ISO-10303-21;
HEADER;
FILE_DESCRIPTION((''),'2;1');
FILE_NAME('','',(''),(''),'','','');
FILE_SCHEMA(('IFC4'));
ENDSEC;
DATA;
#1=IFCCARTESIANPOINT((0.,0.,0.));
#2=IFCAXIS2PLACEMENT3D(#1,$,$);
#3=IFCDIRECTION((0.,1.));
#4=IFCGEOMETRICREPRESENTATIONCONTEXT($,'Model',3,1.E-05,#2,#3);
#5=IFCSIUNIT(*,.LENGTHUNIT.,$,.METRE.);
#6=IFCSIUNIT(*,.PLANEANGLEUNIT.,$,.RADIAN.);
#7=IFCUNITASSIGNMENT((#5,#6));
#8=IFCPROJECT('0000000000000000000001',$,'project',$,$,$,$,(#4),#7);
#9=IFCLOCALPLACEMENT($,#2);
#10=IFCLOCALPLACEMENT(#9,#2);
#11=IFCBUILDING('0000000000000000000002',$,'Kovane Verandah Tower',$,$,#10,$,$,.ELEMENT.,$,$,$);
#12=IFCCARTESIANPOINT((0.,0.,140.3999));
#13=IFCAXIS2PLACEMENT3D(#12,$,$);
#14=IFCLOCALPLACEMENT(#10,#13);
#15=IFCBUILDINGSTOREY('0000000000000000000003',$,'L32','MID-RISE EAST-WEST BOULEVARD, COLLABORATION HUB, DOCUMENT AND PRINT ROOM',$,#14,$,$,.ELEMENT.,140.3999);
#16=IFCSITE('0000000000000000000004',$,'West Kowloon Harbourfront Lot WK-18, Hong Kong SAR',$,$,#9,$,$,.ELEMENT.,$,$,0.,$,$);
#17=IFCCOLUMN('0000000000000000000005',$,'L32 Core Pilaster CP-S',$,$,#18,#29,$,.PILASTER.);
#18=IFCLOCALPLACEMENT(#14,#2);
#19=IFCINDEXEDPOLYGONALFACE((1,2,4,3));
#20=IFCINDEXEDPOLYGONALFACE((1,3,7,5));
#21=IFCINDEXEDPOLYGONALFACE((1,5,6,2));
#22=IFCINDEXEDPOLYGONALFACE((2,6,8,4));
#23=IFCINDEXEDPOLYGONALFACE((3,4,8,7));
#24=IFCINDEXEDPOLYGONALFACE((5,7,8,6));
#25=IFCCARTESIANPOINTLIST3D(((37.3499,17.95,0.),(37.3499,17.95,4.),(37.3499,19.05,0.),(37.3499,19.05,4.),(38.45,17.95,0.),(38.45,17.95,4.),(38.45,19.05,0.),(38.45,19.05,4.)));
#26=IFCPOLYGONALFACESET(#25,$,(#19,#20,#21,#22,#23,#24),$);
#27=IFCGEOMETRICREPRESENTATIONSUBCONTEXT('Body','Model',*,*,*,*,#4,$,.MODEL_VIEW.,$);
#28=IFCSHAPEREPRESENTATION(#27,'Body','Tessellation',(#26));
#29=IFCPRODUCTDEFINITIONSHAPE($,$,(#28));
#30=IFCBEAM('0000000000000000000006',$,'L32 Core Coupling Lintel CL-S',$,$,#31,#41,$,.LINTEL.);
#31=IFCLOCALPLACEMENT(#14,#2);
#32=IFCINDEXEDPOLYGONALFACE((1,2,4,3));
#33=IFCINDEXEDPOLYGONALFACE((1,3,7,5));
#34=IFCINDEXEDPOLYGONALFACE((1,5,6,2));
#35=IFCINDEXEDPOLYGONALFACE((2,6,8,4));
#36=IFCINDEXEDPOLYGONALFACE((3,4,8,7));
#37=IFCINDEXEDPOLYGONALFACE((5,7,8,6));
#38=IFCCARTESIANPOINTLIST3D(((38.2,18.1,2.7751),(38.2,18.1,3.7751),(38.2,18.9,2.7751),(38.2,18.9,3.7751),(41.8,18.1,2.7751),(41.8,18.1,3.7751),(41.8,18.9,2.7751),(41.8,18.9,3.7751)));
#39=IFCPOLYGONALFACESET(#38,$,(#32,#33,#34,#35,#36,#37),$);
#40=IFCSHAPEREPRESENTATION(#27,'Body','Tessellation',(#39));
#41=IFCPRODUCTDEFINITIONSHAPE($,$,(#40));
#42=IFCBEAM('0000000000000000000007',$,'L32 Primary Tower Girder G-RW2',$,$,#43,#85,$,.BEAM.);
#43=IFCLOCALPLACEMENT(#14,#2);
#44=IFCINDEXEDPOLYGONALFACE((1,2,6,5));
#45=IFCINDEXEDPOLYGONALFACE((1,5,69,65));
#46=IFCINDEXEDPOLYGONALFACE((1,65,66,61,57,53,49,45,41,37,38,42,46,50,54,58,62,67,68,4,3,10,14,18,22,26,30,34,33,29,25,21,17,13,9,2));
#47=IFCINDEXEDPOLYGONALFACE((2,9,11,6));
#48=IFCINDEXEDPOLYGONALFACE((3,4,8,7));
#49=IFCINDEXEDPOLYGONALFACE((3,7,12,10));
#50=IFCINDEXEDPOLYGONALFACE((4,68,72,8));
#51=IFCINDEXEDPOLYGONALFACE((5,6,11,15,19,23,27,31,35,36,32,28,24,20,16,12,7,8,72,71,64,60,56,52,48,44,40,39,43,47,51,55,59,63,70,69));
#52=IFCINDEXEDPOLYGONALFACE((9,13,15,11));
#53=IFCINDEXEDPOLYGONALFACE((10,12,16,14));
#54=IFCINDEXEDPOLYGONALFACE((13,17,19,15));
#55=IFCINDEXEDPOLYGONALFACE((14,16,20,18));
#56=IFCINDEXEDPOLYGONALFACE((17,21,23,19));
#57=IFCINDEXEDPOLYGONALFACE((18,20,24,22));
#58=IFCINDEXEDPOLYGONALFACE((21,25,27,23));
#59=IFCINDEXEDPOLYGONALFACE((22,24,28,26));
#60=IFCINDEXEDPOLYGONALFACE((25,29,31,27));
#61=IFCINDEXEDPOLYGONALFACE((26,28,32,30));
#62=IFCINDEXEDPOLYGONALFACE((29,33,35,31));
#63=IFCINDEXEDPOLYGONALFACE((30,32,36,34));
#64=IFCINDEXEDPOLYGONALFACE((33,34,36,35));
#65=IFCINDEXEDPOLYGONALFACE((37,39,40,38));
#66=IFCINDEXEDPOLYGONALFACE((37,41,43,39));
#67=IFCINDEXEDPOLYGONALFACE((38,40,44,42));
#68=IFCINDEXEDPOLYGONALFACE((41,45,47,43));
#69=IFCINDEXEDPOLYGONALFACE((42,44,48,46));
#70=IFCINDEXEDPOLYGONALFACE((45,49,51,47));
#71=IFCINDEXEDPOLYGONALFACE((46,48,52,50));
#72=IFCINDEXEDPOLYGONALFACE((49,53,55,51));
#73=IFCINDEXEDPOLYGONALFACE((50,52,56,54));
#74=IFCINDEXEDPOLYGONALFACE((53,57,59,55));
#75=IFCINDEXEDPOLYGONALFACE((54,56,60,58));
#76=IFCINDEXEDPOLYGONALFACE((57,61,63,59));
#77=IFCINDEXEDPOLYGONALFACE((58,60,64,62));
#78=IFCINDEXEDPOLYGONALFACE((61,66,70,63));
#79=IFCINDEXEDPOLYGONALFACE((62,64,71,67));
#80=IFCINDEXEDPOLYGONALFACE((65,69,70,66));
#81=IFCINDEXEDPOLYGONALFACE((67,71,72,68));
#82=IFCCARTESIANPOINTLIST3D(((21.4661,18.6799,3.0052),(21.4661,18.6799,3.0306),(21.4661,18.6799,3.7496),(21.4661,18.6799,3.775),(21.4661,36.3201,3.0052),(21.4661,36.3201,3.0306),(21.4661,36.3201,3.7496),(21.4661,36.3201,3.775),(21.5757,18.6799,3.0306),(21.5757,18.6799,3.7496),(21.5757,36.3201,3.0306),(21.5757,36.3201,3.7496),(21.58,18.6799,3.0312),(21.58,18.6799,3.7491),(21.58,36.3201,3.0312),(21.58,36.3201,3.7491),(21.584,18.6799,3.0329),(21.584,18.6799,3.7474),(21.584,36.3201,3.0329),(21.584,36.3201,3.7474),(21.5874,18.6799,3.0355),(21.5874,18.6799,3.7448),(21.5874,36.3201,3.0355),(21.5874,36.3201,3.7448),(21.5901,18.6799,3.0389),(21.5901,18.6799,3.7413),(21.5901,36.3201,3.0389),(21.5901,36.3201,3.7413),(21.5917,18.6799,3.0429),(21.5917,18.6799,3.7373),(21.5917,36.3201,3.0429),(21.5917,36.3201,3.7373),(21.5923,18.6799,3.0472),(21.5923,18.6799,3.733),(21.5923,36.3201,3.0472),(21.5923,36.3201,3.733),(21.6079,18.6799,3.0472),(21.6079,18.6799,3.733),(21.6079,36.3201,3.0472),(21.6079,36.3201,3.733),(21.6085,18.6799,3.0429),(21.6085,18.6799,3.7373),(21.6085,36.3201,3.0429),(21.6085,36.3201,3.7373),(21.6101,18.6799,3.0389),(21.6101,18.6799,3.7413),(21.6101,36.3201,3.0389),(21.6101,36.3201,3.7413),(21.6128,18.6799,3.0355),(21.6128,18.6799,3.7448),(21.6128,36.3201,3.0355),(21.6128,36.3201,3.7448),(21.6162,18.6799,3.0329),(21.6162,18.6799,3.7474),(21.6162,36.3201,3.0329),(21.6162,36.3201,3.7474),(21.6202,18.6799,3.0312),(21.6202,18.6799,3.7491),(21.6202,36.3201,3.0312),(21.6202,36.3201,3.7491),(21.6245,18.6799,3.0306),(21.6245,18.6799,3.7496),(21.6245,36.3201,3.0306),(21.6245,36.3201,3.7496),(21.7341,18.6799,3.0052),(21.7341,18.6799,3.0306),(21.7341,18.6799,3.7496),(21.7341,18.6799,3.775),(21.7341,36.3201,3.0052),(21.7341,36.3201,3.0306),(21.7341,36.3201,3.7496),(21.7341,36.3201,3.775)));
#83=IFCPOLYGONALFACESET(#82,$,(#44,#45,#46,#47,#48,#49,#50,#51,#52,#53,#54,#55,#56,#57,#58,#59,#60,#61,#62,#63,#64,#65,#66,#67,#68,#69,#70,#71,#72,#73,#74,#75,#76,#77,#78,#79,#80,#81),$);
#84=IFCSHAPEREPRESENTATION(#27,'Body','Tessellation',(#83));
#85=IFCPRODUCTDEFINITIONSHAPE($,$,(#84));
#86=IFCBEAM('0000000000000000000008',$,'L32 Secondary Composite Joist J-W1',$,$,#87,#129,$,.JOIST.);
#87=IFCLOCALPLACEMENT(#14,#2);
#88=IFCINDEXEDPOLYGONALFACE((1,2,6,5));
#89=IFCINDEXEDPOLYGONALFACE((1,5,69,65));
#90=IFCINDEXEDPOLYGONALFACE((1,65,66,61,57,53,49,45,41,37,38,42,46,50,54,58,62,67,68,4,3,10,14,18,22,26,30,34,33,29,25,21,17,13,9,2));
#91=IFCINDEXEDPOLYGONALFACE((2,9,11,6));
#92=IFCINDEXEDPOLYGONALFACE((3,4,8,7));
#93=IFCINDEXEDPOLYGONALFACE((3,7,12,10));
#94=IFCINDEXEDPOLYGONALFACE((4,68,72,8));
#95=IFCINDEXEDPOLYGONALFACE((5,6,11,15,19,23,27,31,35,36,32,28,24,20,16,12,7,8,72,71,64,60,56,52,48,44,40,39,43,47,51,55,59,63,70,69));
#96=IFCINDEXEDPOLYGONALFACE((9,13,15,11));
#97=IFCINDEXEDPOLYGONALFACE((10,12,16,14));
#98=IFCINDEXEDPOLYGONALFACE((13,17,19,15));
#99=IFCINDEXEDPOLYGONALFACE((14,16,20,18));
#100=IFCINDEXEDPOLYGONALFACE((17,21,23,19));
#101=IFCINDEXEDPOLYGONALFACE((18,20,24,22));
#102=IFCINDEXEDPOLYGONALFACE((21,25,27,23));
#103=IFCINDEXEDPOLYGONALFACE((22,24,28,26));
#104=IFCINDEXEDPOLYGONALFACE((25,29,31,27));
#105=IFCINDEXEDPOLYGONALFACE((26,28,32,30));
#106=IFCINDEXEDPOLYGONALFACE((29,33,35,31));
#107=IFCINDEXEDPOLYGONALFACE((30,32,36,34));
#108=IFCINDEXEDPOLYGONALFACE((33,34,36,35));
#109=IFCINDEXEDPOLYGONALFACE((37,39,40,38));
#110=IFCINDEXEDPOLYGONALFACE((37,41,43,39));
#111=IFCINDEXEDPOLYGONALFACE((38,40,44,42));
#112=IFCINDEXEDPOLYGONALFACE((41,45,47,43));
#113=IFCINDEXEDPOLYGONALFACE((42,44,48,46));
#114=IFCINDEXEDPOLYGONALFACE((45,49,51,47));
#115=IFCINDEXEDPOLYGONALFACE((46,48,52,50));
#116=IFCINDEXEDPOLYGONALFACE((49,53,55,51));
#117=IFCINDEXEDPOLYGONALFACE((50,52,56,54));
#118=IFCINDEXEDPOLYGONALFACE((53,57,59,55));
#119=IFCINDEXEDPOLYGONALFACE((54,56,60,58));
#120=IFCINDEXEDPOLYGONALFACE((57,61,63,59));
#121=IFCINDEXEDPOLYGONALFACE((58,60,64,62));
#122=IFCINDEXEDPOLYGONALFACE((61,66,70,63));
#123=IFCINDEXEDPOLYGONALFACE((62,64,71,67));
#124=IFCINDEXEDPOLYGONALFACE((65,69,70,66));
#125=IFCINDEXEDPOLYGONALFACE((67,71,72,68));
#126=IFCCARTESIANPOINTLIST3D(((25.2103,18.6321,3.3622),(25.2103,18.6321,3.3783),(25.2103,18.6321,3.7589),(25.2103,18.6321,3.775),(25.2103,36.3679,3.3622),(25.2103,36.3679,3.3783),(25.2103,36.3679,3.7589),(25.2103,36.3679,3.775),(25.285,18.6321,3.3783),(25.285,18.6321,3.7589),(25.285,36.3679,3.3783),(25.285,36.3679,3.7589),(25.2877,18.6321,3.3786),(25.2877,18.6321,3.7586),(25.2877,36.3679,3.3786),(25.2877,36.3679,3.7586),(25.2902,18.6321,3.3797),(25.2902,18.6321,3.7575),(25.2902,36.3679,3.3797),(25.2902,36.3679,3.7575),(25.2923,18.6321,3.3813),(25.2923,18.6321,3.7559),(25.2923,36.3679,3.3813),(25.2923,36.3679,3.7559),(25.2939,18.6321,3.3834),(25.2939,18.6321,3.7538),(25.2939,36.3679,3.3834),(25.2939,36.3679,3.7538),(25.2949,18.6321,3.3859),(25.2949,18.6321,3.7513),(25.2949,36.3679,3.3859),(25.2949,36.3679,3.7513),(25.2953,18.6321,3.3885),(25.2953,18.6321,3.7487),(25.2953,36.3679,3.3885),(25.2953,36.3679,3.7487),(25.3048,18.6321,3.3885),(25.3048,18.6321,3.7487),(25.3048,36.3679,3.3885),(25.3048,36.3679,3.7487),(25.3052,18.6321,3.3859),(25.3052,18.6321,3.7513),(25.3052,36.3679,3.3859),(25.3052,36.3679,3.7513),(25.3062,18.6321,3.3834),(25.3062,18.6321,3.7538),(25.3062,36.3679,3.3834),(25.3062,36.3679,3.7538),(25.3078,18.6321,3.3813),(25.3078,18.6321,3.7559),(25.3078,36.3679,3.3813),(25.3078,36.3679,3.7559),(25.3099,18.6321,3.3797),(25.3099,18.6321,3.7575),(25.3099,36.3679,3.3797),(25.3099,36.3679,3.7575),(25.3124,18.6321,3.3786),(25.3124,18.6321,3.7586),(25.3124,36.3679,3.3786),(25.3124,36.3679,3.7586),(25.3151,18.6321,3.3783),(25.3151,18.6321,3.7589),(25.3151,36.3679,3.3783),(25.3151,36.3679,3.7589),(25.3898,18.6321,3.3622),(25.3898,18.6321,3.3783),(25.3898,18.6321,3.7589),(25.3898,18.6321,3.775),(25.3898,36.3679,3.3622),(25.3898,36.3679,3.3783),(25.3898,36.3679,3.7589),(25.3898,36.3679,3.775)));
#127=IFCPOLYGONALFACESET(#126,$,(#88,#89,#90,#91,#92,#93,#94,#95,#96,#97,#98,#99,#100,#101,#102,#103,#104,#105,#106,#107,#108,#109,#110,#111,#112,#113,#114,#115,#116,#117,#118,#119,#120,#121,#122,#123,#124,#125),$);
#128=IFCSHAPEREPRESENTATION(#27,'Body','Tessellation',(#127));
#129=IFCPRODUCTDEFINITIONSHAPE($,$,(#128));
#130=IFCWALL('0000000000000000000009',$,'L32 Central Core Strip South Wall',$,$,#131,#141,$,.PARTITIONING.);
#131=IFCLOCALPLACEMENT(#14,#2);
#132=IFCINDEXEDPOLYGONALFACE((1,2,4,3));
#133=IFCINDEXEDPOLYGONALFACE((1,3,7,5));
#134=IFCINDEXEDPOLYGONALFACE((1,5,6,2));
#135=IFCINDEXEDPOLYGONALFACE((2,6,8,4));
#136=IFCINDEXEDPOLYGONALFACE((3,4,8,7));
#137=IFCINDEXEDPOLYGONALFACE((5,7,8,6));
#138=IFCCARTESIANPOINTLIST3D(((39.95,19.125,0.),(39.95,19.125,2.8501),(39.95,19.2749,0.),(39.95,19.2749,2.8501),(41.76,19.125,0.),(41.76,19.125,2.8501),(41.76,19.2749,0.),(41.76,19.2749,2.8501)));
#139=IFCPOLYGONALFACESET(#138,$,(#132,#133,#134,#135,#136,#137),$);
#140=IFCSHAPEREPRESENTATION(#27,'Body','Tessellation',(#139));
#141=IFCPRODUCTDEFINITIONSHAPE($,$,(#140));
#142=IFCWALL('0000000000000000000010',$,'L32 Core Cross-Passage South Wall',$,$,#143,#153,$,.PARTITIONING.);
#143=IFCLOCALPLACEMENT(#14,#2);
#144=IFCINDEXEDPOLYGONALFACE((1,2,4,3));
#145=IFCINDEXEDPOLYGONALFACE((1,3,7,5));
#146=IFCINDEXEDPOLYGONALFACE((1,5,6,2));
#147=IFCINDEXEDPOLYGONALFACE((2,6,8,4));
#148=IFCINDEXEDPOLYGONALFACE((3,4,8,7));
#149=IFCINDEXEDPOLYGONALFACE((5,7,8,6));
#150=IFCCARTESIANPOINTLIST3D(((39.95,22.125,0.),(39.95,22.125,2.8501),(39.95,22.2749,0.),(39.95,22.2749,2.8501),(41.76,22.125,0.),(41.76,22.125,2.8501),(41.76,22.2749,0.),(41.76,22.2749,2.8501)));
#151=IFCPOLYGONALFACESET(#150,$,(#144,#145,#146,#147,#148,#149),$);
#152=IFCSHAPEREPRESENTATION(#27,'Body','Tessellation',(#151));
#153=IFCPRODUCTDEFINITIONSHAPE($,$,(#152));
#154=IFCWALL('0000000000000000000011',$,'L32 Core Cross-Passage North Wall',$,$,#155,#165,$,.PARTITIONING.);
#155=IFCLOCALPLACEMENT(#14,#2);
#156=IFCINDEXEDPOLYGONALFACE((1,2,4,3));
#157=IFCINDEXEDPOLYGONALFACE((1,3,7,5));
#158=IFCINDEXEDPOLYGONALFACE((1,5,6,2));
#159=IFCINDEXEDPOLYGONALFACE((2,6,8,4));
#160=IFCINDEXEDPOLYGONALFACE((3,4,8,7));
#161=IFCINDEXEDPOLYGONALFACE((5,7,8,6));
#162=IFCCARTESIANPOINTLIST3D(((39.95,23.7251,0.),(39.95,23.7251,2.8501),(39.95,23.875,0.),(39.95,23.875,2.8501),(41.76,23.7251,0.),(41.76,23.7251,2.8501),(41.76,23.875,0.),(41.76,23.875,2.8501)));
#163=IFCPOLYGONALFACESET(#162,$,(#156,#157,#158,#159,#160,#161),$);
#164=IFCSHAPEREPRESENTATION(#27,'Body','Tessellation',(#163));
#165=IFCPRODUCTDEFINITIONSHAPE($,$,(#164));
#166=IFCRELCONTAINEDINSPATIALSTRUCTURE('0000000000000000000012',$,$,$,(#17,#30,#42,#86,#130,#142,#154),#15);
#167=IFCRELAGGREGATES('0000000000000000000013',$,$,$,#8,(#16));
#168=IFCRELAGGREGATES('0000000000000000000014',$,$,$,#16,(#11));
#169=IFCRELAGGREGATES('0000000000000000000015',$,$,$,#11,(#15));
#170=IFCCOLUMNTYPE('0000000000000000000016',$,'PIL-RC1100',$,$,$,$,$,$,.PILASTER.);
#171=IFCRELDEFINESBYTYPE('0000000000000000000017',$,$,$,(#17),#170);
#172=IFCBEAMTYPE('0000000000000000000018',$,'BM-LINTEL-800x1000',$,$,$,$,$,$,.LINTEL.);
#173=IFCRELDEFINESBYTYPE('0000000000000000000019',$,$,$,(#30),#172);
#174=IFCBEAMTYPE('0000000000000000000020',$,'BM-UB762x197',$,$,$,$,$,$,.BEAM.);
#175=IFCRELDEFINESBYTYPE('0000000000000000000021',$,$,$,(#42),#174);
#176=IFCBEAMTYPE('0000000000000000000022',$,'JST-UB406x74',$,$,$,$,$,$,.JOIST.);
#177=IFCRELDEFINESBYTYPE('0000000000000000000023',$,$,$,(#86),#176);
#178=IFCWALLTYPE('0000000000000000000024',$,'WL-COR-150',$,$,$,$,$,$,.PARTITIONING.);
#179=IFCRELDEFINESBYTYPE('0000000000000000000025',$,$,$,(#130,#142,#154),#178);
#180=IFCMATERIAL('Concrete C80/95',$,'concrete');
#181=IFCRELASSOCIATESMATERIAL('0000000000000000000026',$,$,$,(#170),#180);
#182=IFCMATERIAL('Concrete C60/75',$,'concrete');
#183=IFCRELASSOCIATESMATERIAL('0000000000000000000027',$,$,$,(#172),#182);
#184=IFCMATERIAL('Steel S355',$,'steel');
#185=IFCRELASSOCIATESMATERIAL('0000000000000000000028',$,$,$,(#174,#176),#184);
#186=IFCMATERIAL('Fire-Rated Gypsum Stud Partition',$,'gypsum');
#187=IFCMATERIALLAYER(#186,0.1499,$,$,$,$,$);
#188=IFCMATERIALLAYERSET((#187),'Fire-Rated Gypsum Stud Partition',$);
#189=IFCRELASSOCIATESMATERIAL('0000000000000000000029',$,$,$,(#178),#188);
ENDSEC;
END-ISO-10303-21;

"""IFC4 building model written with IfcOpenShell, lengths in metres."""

from ifc_helpers import new_model, si_unit, direction, frame, frame_2d, origin, origin_2d, place, context, subcontext, project, spatial, rectangle, i_section, extrude, material, layer, layer_set, material_profile, profile_set, type_object, element, save


model = new_model("IFC4")

# Units and contexts
model_context = context("Model", 3, precision=1e-05, world=origin(), true_north=direction((0.0, 1.0)))
body_context = subcontext(model_context, "Body", "Model", "MODEL_VIEW")
ifc_project = project(units=[si_unit("LENGTHUNIT", "METRE"), si_unit("PLANEANGLEUNIT", "RADIAN")], contexts=[model_context])

# Site, building, storey
site_placement = place(None, origin())
site = spatial("IfcSite", under=ifc_project, at=site_placement, Name="West Kowloon Harbourfront Lot WK-18, Hong Kong SAR", CompositionType="ELEMENT", RefElevation=0.0)
building_placement = place(site_placement, origin())
building = spatial("IfcBuilding", under=site, at=building_placement, Name="Kovane Verandah Tower", CompositionType="ELEMENT")
storey_placement = place(building_placement, frame((0.0, 0.0, 140.3999)))
storey = spatial("IfcBuildingStorey", under=building, at=storey_placement, Name="L32", Description="MID-RISE EAST-WEST BOULEVARD, COLLABORATION HUB, DOCUMENT AND PRINT ROOM", CompositionType="ELEMENT", Elevation=140.3999)

# Column
ifc_material_1 = material(Name="Concrete C80/95", Category="concrete")
ifc_material_profile_1 = material_profile(ifc_material_1, rectangle(XDim=1.1001, YDim=1.1001, at=origin_2d()), Name="RC1100x1100")
ifc_profile_set_1 = profile_set([ifc_material_profile_1], Name="Concrete C80/95")
column_type = type_object("IfcColumnType", Name="PIL-RC1100", PredefinedType="PILASTER", material=ifc_profile_set_1)
column_placement = place(storey_placement, frame((37.8999, 18.5, 0.0), z_axis=(0.0, 0.0, 1.0), x_axis=(1.0, 0.0, 0.0)))
element("IfcColumn", 1, at=column_placement, inside=storey, type_object=column_type, Name="L32 Core Pilaster CP-S", PredefinedType="PILASTER", context=body_context, shape_type="SweptSolid", body=[
    extrude(rectangle(XDim=1.1001, YDim=1.1001, at=origin_2d()), origin(), (0.0, 0.0, 1.0), 4.0),
])

# Beams
ifc_material_2 = material(Name="Concrete C60/75", Category="concrete")
ifc_material_profile_2 = material_profile(ifc_material_2, rectangle(XDim=0.8, YDim=1.0, at=origin_2d()), Name="RCB800x1000")
ifc_profile_set_2 = profile_set([ifc_material_profile_2], Name="Concrete C60/75")
beam_type_1 = type_object("IfcBeamType", Name="BM-LINTEL-800x1000", PredefinedType="LINTEL", material=ifc_profile_set_2)
beam_1_placement = place(storey_placement, frame((38.2, 18.5, 3.2751), z_axis=(1.0, 0.0, 0.0), x_axis=(0.0, 1.0, 0.0)))
element("IfcBeam", 2, at=beam_1_placement, inside=storey, type_object=beam_type_1, Name="L32 Core Coupling Lintel CL-S", PredefinedType="LINTEL", context=body_context, shape_type="SweptSolid", body=[
    extrude(rectangle(XDim=0.8, YDim=1.0, at=origin_2d()), origin(), (0.0, 0.0, 1.0), 3.6001),
])
ifc_material_3 = material(Name="Steel S355", Category="steel")
ifc_material_profile_3 = material_profile(ifc_material_3, i_section(OverallWidth=0.2681, OverallDepth=0.7698, WebThickness=0.0156, FlangeThickness=0.0254, FilletRadius=0.0166, at=origin_2d()), Name="UB762x267x197")
ifc_profile_set_3 = profile_set([ifc_material_profile_3], Name="Steel S355")
beam_type_2 = type_object("IfcBeamType", Name="BM-UB762x197", PredefinedType="BEAM", material=ifc_profile_set_3)
beam_2_placement = place(storey_placement, frame((21.6001, 18.6799, 3.3901), z_axis=(0.0, 1.0, 0.0), x_axis=(-1.0, 0.0, 0.0)))
element("IfcBeam", 3, at=beam_2_placement, inside=storey, type_object=beam_type_2, Name="L32 Primary Tower Girder G-RW2", PredefinedType="BEAM", context=body_context, shape_type="SweptSolid", body=[
    extrude(i_section(OverallWidth=0.2681, OverallDepth=0.7698, WebThickness=0.0156, FlangeThickness=0.0254, FilletRadius=0.0166, at=origin_2d()), origin(), (0.0, 0.0, 1.0), 17.6401),
])
ifc_material_profile_4 = material_profile(ifc_material_3, i_section(OverallWidth=0.1794, OverallDepth=0.4128, WebThickness=0.0095, FlangeThickness=0.0161, FilletRadius=0.0103, at=origin_2d()), Name="UB406x178x74")
ifc_profile_set_4 = profile_set([ifc_material_profile_4], Name="Steel S355")
beam_type_3 = type_object("IfcBeamType", Name="JST-UB406x74", PredefinedType="JOIST", material=ifc_profile_set_4)
beam_3_placement = place(storey_placement, frame((25.3, 18.6321, 3.5686), z_axis=(0.0, 1.0, 0.0), x_axis=(-1.0, 0.0, 0.0)))
element("IfcBeam", 4, at=beam_3_placement, inside=storey, type_object=beam_type_3, Name="L32 Secondary Composite Joist J-W1", PredefinedType="JOIST", context=body_context, shape_type="SweptSolid", body=[
    extrude(i_section(OverallWidth=0.1794, OverallDepth=0.4128, WebThickness=0.0095, FlangeThickness=0.0161, FilletRadius=0.0103, at=origin_2d()), origin(), (0.0, 0.0, 1.0), 17.7358),
])

# Walls
ifc_material_4 = material(Name="Fire-Rated Gypsum Stud Partition", Category="gypsum")
ifc_layer_1 = layer(ifc_material_4, 0.1499)
ifc_layer_set_1 = layer_set([ifc_layer_1], Name="Fire-Rated Gypsum Stud Partition")
wall_type_1 = type_object("IfcWallType", Name="WL-COR-150", PredefinedType="PARTITIONING", material=ifc_layer_set_1)
for number, where, z_axis, x_axis, name in (
    (5, (39.95, 19.2, 0.0), (0.0, 0.0, 1.0), (1.0, 0.0, 0.0), "L32 Central Core Strip South Wall"),
    (6, (39.95, 22.2, 0.0), (0.0, 0.0, 1.0), (1.0, 0.0, 0.0), "L32 Core Cross-Passage South Wall"),
    (7, (39.95, 23.8, 0.0), (0.0, 0.0, 1.0), (1.0, 0.0, 0.0), "L32 Core Cross-Passage North Wall"),
):
    element("IfcWall", number, at=place(storey_placement, frame(where, z_axis=z_axis, x_axis=x_axis)), inside=storey, type_object=wall_type_1, Name=name, PredefinedType="PARTITIONING", context=body_context, shape_type="SweptSolid", body=[
        extrude(rectangle(XDim=1.8101, YDim=0.1499, at=frame_2d((0.905, 0.0))), origin(), (0.0, 0.0, 1.0), 2.8501),
    ])

save(model, "model.ifc")
